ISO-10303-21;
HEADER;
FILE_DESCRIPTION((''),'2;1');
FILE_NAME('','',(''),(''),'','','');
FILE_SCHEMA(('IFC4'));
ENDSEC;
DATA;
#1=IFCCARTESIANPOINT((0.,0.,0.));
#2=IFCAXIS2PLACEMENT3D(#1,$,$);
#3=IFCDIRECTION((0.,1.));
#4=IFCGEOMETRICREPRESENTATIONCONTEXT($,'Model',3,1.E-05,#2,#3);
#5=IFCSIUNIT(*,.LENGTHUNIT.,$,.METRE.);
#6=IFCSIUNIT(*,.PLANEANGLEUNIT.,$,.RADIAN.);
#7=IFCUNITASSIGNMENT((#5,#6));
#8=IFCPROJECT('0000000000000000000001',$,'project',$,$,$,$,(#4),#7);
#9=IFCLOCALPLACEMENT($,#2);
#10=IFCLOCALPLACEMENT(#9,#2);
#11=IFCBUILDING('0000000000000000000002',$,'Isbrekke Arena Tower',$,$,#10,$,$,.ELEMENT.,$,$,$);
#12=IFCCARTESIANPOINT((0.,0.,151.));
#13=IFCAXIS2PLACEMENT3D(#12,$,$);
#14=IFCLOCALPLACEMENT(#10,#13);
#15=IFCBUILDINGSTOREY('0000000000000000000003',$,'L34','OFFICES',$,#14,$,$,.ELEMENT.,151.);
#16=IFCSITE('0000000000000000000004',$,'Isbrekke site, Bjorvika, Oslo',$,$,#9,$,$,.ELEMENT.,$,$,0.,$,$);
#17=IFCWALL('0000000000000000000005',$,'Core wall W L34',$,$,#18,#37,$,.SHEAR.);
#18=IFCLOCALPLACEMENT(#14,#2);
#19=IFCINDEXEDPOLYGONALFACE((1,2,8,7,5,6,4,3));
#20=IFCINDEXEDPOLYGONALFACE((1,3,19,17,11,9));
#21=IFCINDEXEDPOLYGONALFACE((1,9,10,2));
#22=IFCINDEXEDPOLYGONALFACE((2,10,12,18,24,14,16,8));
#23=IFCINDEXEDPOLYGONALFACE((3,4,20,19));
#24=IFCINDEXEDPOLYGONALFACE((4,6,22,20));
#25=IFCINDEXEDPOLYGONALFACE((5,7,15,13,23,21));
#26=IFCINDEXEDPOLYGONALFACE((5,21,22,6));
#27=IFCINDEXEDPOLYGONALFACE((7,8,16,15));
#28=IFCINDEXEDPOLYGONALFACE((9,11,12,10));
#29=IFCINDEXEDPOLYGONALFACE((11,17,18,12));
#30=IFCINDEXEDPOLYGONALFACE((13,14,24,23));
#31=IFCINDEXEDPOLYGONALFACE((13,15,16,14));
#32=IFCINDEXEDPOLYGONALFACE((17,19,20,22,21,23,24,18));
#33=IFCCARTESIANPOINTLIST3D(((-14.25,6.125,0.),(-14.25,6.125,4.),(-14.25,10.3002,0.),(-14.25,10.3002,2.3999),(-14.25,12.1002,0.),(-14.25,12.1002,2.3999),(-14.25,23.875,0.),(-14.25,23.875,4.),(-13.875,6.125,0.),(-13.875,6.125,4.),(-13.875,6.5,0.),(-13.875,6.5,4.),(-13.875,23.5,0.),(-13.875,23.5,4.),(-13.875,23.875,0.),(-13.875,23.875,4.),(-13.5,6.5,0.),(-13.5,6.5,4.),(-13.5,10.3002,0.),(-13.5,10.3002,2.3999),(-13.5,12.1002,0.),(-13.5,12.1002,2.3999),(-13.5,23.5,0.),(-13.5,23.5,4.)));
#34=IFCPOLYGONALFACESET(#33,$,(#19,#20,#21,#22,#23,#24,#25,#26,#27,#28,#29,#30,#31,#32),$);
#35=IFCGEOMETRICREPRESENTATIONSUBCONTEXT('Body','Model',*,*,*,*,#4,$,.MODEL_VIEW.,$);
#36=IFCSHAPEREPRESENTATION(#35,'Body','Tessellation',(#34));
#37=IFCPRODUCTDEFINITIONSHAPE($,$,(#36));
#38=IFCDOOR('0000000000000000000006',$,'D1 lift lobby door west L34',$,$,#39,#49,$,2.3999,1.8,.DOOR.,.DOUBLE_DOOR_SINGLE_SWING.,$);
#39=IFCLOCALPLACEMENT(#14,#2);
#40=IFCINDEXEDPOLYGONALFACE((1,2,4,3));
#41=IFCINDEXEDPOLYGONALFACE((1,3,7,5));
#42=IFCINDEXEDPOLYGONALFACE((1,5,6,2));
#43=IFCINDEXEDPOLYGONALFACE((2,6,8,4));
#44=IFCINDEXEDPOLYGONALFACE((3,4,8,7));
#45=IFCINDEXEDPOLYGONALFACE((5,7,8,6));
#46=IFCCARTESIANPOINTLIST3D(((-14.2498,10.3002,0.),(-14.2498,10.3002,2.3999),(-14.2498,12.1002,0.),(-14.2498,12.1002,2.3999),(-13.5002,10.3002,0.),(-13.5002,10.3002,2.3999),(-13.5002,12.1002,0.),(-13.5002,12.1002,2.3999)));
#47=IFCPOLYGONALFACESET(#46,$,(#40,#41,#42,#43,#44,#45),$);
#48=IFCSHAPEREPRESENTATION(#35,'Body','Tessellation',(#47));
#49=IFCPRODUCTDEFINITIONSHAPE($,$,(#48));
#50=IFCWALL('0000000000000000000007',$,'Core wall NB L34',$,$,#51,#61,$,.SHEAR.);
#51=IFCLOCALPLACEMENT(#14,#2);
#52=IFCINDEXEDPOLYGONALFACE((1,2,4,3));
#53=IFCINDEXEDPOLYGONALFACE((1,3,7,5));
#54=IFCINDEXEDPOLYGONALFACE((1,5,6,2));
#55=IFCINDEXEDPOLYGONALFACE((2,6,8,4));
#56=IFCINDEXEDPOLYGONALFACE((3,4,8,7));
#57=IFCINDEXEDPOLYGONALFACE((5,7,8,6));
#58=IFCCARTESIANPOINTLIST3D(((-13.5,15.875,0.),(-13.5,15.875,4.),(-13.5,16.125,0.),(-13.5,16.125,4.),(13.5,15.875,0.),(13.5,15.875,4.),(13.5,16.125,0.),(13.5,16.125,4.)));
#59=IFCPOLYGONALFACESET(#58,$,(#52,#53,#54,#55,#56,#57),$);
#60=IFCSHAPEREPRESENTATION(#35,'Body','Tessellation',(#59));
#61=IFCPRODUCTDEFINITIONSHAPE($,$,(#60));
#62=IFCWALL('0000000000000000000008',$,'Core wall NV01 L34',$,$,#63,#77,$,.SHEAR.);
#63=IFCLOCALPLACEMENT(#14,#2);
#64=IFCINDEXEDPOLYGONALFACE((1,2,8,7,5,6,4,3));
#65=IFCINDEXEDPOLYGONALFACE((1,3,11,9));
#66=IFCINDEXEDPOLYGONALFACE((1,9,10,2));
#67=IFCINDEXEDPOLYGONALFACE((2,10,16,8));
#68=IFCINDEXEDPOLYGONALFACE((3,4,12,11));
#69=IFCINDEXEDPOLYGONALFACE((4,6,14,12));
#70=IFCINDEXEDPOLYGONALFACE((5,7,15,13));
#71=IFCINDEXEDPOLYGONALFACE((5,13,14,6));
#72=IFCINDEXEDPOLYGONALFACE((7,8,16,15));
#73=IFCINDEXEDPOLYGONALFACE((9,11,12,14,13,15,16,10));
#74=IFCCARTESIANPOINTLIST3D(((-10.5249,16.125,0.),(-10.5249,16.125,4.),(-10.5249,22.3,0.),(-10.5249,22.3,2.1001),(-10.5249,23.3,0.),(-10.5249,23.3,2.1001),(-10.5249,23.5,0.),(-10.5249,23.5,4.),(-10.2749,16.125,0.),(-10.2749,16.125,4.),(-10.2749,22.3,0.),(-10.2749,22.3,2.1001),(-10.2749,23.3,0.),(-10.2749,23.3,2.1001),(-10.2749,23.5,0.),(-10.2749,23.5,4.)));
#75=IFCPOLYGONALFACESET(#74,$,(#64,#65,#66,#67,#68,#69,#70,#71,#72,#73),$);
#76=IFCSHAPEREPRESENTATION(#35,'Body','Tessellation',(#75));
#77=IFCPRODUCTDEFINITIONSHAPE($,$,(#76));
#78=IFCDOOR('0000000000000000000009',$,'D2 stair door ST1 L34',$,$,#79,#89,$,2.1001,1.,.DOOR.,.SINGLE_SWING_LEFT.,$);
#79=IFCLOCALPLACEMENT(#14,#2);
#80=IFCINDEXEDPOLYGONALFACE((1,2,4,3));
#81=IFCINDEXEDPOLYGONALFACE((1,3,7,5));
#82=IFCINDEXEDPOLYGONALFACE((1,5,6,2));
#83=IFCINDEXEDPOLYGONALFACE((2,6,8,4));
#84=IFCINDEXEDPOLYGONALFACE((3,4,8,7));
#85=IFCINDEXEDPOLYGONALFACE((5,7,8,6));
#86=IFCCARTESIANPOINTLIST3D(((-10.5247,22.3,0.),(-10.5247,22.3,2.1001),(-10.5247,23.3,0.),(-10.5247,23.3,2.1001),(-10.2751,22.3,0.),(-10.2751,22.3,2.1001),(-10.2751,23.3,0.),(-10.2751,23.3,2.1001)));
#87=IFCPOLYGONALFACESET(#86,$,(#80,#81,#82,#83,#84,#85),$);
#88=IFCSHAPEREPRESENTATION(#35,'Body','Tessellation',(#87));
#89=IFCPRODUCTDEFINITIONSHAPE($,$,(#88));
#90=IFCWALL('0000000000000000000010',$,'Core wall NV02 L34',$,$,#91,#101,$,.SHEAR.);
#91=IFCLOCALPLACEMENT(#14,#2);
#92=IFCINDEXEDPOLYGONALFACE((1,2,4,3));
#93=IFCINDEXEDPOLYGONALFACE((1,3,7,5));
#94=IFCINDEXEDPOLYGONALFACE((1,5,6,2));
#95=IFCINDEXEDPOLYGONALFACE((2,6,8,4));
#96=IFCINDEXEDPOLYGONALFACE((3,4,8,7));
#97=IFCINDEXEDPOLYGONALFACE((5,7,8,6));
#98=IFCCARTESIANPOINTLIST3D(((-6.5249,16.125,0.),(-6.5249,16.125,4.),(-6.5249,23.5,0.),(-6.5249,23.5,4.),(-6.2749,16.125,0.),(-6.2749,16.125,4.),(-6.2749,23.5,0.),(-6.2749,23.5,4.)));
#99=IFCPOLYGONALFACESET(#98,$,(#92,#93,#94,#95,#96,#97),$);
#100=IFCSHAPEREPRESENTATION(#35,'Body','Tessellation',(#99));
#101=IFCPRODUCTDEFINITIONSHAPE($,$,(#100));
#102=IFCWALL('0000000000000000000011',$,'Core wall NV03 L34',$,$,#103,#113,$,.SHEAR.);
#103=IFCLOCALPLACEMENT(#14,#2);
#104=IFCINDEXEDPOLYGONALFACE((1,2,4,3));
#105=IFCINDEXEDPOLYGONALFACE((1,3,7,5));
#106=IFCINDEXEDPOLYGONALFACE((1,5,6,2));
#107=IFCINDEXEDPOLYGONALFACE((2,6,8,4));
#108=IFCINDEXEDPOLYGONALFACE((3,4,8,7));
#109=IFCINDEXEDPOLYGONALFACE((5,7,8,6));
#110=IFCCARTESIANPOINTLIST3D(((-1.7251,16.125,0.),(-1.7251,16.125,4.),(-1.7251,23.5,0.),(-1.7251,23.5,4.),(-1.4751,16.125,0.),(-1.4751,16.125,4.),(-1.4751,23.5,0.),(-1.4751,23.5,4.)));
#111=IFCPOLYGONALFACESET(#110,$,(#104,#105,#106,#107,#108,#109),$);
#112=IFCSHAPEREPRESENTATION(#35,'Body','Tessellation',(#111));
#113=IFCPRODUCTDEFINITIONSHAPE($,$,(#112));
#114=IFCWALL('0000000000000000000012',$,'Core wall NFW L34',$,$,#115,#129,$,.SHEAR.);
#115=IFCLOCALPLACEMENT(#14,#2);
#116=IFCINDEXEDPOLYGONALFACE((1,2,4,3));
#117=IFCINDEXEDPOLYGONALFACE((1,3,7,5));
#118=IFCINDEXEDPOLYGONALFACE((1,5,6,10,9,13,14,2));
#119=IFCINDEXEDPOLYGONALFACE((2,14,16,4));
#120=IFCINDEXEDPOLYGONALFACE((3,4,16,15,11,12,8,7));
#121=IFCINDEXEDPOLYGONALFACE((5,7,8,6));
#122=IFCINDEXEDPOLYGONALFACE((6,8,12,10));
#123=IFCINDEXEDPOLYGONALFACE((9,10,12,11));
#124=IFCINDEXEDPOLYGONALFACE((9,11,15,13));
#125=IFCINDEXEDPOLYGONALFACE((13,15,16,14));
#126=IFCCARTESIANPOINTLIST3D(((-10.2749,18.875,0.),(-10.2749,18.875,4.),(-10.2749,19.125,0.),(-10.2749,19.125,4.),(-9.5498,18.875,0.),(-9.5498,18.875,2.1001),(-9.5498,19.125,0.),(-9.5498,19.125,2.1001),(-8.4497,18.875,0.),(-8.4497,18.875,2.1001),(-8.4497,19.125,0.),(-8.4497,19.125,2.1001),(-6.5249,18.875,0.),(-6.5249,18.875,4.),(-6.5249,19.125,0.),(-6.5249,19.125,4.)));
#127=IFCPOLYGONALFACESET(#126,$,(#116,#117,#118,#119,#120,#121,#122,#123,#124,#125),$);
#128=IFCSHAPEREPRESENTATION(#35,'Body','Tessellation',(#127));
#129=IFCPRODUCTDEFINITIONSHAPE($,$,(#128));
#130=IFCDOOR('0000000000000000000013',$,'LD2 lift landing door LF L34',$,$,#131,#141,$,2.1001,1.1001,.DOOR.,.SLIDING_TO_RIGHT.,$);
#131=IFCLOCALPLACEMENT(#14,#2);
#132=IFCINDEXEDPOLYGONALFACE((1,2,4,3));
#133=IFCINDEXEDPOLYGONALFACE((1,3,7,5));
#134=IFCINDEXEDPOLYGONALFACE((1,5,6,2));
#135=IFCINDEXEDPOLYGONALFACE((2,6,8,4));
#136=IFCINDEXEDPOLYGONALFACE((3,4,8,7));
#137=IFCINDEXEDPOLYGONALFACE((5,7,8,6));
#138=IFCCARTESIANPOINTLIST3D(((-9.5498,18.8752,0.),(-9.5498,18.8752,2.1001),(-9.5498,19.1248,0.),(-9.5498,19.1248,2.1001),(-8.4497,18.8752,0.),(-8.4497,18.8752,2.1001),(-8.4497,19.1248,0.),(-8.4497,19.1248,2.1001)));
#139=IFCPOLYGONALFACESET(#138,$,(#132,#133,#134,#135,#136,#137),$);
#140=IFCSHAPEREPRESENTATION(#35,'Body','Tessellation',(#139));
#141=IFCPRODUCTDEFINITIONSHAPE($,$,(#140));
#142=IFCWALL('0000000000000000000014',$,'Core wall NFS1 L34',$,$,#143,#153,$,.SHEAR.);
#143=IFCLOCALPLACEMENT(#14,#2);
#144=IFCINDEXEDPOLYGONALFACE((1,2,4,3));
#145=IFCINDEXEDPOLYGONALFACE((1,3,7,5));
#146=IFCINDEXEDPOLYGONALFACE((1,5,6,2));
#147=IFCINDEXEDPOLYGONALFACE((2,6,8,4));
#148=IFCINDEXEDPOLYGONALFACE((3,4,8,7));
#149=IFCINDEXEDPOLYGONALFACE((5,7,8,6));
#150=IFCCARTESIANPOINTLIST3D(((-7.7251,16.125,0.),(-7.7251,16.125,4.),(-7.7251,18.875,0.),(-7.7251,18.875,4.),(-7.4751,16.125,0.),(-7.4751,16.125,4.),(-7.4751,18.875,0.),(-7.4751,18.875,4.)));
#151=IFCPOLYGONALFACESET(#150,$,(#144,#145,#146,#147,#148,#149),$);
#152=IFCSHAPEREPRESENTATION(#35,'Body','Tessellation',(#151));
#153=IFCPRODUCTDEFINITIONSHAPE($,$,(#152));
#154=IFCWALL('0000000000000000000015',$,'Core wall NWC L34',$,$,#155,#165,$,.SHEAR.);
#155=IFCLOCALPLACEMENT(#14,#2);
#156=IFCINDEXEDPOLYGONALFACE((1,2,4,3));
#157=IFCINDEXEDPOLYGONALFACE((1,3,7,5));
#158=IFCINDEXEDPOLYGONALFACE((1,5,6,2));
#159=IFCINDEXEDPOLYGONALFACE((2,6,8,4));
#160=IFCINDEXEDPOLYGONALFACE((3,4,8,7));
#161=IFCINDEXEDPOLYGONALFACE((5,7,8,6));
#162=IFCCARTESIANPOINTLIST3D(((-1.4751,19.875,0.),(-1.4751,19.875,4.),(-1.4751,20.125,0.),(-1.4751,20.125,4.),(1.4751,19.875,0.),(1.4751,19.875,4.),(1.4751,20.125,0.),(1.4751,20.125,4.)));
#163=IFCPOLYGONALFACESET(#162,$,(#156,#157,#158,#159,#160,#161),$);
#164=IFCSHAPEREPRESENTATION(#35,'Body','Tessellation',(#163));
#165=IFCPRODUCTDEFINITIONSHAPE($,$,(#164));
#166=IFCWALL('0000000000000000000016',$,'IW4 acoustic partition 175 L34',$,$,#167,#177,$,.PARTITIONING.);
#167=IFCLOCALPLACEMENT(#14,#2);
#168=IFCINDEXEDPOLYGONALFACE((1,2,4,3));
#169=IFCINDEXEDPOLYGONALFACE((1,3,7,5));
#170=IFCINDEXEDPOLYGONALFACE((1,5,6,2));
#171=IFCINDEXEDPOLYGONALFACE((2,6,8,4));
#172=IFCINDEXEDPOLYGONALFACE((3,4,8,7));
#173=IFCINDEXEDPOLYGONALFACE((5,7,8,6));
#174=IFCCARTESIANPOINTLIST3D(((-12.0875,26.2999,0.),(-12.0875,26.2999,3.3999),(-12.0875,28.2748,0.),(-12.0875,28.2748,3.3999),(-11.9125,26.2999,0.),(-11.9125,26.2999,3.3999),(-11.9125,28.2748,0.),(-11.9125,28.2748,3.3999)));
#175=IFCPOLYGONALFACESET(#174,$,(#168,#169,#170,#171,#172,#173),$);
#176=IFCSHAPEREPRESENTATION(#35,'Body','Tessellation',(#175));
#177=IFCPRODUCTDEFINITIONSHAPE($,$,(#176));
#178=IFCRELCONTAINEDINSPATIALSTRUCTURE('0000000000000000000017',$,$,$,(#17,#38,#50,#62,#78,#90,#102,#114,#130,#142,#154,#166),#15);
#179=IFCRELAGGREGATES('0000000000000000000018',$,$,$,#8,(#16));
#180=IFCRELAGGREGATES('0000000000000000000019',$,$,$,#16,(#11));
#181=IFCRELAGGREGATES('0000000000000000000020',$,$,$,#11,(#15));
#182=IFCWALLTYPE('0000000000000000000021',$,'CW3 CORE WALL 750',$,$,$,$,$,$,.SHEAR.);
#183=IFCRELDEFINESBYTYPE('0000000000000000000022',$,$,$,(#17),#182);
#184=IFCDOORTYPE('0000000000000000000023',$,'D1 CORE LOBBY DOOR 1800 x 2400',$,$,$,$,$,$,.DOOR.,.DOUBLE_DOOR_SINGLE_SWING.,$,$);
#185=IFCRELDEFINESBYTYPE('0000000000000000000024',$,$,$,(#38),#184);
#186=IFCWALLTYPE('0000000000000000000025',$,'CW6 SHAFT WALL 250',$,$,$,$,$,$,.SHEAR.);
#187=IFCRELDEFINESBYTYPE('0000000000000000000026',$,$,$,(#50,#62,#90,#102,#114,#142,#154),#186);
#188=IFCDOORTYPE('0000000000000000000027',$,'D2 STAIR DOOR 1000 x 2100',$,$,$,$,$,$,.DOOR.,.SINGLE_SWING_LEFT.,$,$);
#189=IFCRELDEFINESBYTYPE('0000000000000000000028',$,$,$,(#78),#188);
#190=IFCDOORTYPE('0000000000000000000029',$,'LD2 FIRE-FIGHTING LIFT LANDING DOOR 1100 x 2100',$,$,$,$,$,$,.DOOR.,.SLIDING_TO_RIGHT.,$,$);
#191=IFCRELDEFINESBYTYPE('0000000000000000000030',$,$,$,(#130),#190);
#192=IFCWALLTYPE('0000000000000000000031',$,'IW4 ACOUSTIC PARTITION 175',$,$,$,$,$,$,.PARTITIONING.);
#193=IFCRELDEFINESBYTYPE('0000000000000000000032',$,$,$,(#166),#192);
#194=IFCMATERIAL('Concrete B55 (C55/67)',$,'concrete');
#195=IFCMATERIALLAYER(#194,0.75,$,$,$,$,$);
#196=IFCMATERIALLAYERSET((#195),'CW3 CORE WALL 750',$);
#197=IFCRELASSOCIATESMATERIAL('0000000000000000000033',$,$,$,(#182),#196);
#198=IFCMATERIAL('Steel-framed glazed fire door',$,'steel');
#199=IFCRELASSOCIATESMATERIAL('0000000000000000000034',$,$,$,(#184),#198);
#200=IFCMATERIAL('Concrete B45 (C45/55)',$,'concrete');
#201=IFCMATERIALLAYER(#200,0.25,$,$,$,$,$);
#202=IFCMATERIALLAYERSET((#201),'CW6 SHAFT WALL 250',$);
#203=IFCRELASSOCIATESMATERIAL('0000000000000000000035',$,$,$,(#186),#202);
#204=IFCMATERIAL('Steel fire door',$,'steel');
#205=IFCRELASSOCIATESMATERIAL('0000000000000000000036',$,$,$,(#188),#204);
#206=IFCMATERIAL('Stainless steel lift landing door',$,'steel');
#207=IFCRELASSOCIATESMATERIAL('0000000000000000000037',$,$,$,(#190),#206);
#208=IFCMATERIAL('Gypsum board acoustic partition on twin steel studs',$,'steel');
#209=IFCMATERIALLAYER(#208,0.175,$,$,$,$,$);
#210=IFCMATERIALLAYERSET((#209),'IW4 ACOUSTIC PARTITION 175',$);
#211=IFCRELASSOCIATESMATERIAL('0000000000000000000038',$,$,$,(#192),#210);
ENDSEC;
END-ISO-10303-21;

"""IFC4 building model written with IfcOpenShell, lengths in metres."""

from ifc_helpers import new_model, si_unit, direction, frame, frame_2d, origin, place, context, subcontext, project, spatial, polyline, rectangle, outline, extrude, material, layer, layer_set, type_object, element, fill, save


model = new_model("IFC4")

# Units and contexts
model_context = context("Model", 3, precision=1e-05, world=origin(), true_north=direction((0.0, 1.0)))
body_context = subcontext(model_context, "Body", "Model", "MODEL_VIEW")
ifc_project = project(units=[si_unit("LENGTHUNIT", "METRE"), si_unit("PLANEANGLEUNIT", "RADIAN")], contexts=[model_context])

# Site, building, storey
site_placement = place(None, origin())
site = spatial("IfcSite", under=ifc_project, at=site_placement, Name="Isbrekke site, Bjorvika, Oslo", CompositionType="ELEMENT", RefElevation=0.0)
building_placement = place(site_placement, origin())
building = spatial("IfcBuilding", under=site, at=building_placement, Name="Isbrekke Arena Tower", CompositionType="ELEMENT")
storey_placement = place(building_placement, frame((0.0, 0.0, 151.0)))
storey = spatial("IfcBuildingStorey", under=building, at=storey_placement, Name="L34", Description="OFFICES", CompositionType="ELEMENT", Elevation=151.0)

# Wall, opening, door
ifc_material_1 = material(Name="Concrete B55 (C55/67)", Category="concrete")
ifc_layer_1 = layer(ifc_material_1, 0.75)
ifc_layer_set_1 = layer_set([ifc_layer_1], Name="CW3 CORE WALL 750")
wall_type_1 = type_object("IfcWallType", Name="CW3 CORE WALL 750", PredefinedType="SHEAR", material=ifc_layer_set_1)
wall_1_placement = place(storey_placement, frame((-13.875, 23.875, 0.0), z_axis=(0.0, 0.0, 1.0), x_axis=(0.0, -1.0, 0.0)))
wall_1 = element("IfcWall", 1, at=wall_1_placement, inside=storey, type_object=wall_type_1, Name="Core wall W L34", PredefinedType="SHEAR", context=body_context, shape_type="SweptSolid", body=[
    extrude(outline(polyline([(0.0, -0.375), (17.75, -0.375), (17.75, 0.0), (17.375, 0.0), (17.375, 0.375), (0.375, 0.375), (0.375, 0.0), (0.0, 0.0), (0.0, -0.375)])), origin(), (0.0, 0.0, 1.0), 4.0),
])
opening_1_placement = place(wall_1_placement, frame((11.7749, 0.0, 0.0)))
opening_1 = element("IfcOpeningElement", 2, at=opening_1_placement, cuts=wall_1, PredefinedType="OPENING", context=body_context, shape_type="SweptSolid", body=[
    extrude(rectangle(XDim=1.8, YDim=2.3999, at=frame_2d((0.8999, 1.2))), frame((0.0, 0.3899, 0.0), z_axis=(0.0, -1.0, 0.0), x_axis=(1.0, 0.0, 0.0)), (0.0, 0.0, 1.0), 0.7798),
])
ifc_material_2 = material(Name="Steel-framed glazed fire door", Category="steel")
door_type_1 = type_object("IfcDoorType", Name="D1 CORE LOBBY DOOR 1800 x 2400", OperationType="DOUBLE_DOOR_SINGLE_SWING", PredefinedType="DOOR", material=ifc_material_2)
door_1_placement = place(opening_1_placement, origin())
door_1 = element("IfcDoor", 3, at=door_1_placement, inside=storey, type_object=door_type_1, Name="D1 lift lobby door west L34", OperationType="DOUBLE_DOOR_SINGLE_SWING", OverallHeight=2.3999, OverallWidth=1.8, PredefinedType="DOOR", context=body_context, shape_type="SweptSolid", body=[
    extrude(rectangle(XDim=1.8, YDim=2.3999, at=frame_2d((0.8999, 1.2))), frame((0.0, 0.3748, 0.0), z_axis=(0.0, -1.0, 0.0), x_axis=(1.0, 0.0, 0.0)), (0.0, 0.0, 1.0), 0.7495),
])
fill(opening_1, door_1)

# Wall
ifc_material_3 = material(Name="Concrete B45 (C45/55)", Category="concrete")
ifc_layer_2 = layer(ifc_material_3, 0.25)
ifc_layer_set_2 = layer_set([ifc_layer_2], Name="CW6 SHAFT WALL 250")
wall_type_2 = type_object("IfcWallType", Name="CW6 SHAFT WALL 250", PredefinedType="SHEAR", material=ifc_layer_set_2)
wall_2_placement = place(storey_placement, frame((-13.5, 16.0, 0.0), z_axis=(0.0, 0.0, 1.0), x_axis=(1.0, 0.0, 0.0)))
element("IfcWall", 4, at=wall_2_placement, inside=storey, type_object=wall_type_2, Name="Core wall NB L34", PredefinedType="SHEAR", context=body_context, shape_type="SweptSolid", body=[
    extrude(rectangle(XDim=27.0, YDim=0.25, at=frame_2d((13.5, 0.0))), origin(), (0.0, 0.0, 1.0), 4.0),
])

# Wall, opening, door
wall_3_placement = place(storey_placement, frame((-10.3999, 16.125, 0.0), z_axis=(0.0, 0.0, 1.0), x_axis=(0.0, 1.0, 0.0)))
wall_3 = element("IfcWall", 5, at=wall_3_placement, inside=storey, type_object=wall_type_2, Name="Core wall NV01 L34", PredefinedType="SHEAR", context=body_context, shape_type="SweptSolid", body=[
    extrude(rectangle(XDim=7.375, YDim=0.25, at=frame_2d((3.6875, 0.0))), origin(), (0.0, 0.0, 1.0), 4.0),
])
opening_2_placement = place(wall_3_placement, frame((6.175, 0.0, 0.0)))
opening_2 = element("IfcOpeningElement", 6, at=opening_2_placement, cuts=wall_3, PredefinedType="OPENING", context=body_context, shape_type="SweptSolid", body=[
    extrude(rectangle(XDim=1.0, YDim=2.1001, at=frame_2d((0.5, 1.05))), frame((0.0, 0.1399, 0.0), z_axis=(0.0, -1.0, 0.0), x_axis=(1.0, 0.0, 0.0)), (0.0, 0.0, 1.0), 0.2798),
])
ifc_material_4 = material(Name="Steel fire door", Category="steel")
door_type_2 = type_object("IfcDoorType", Name="D2 STAIR DOOR 1000 x 2100", OperationType="SINGLE_SWING_LEFT", PredefinedType="DOOR", material=ifc_material_4)
door_2_placement = place(opening_2_placement, origin())
door_2 = element("IfcDoor", 7, at=door_2_placement, inside=storey, type_object=door_type_2, Name="D2 stair door ST1 L34", OperationType="SINGLE_SWING_LEFT", OverallHeight=2.1001, OverallWidth=1.0, PredefinedType="DOOR", context=body_context, shape_type="SweptSolid", body=[
    extrude(rectangle(XDim=1.0, YDim=2.1001, at=frame_2d((0.5, 1.05))), frame((0.0, 0.1248, 0.0), z_axis=(0.0, -1.0, 0.0), x_axis=(1.0, 0.0, 0.0)), (0.0, 0.0, 1.0), 0.2495),
])
fill(opening_2, door_2)

# Walls
for number, where, z_axis, x_axis, name in (
    (8, (-6.3999, 16.125, 0.0), (0.0, 0.0, 1.0), (0.0, 1.0, 0.0), "Core wall NV02 L34"),
    (9, (-1.6001, 16.125, 0.0), (0.0, 0.0, 1.0), (0.0, 1.0, 0.0), "Core wall NV03 L34"),
):
    element("IfcWall", number, at=place(storey_placement, frame(where, z_axis=z_axis, x_axis=x_axis)), inside=storey, type_object=wall_type_2, Name=name, PredefinedType="SHEAR", context=body_context, shape_type="SweptSolid", body=[
        extrude(rectangle(XDim=7.375, YDim=0.25, at=frame_2d((3.6875, 0.0))), origin(), (0.0, 0.0, 1.0), 4.0),
    ])

# Wall, opening, door
wall_4_placement = place(storey_placement, frame((-10.2749, 19.0, 0.0), z_axis=(0.0, 0.0, 1.0), x_axis=(1.0, 0.0, 0.0)))
wall_4 = element("IfcWall", 10, at=wall_4_placement, inside=storey, type_object=wall_type_2, Name="Core wall NFW L34", PredefinedType="SHEAR", context=body_context, shape_type="SweptSolid", body=[
    extrude(rectangle(XDim=3.75, YDim=0.25, at=frame_2d((1.875, 0.0))), origin(), (0.0, 0.0, 1.0), 4.0),
])
opening_3_placement = place(wall_4_placement, frame((0.7251, 0.0, 0.0)))
opening_3 = element("IfcOpeningElement", 11, at=opening_3_placement, cuts=wall_4, PredefinedType="OPENING", context=body_context, shape_type="SweptSolid", body=[
    extrude(rectangle(XDim=1.1001, YDim=2.1001, at=frame_2d((0.55, 1.05))), frame((0.0, 0.1399, 0.0), z_axis=(0.0, -1.0, 0.0), x_axis=(1.0, 0.0, 0.0)), (0.0, 0.0, 1.0), 0.2798),
])
ifc_material_5 = material(Name="Stainless steel lift landing door", Category="steel")
door_type_3 = type_object("IfcDoorType", Name="LD2 FIRE-FIGHTING LIFT LANDING DOOR 1100 x 2100", OperationType="SLIDING_TO_RIGHT", PredefinedType="DOOR", material=ifc_material_5)
door_3_placement = place(opening_3_placement, origin())
door_3 = element("IfcDoor", 12, at=door_3_placement, inside=storey, type_object=door_type_3, Name="LD2 lift landing door LF L34", OperationType="SLIDING_TO_RIGHT", OverallHeight=2.1001, OverallWidth=1.1001, PredefinedType="DOOR", context=body_context, shape_type="SweptSolid", body=[
    extrude(rectangle(XDim=1.1001, YDim=2.1001, at=frame_2d((0.55, 1.05))), frame((0.0, 0.1248, 0.0), z_axis=(0.0, -1.0, 0.0), x_axis=(1.0, 0.0, 0.0)), (0.0, 0.0, 1.0), 0.2495),
])
fill(opening_3, door_3)

# Walls
wall_5_placement = place(storey_placement, frame((-7.6001, 16.125, 0.0), z_axis=(0.0, 0.0, 1.0), x_axis=(0.0, 1.0, 0.0)))
element("IfcWall", 13, at=wall_5_placement, inside=storey, type_object=wall_type_2, Name="Core wall NFS1 L34", PredefinedType="SHEAR", context=body_context, shape_type="SweptSolid", body=[
    extrude(rectangle(XDim=2.75, YDim=0.25, at=frame_2d((1.375, 0.0))), origin(), (0.0, 0.0, 1.0), 4.0),
])
wall_6_placement = place(storey_placement, frame((-1.4751, 20.0, 0.0), z_axis=(0.0, 0.0, 1.0), x_axis=(1.0, 0.0, 0.0)))
element("IfcWall", 14, at=wall_6_placement, inside=storey, type_object=wall_type_2, Name="Core wall NWC L34", PredefinedType="SHEAR", context=body_context, shape_type="SweptSolid", body=[
    extrude(rectangle(XDim=2.9502, YDim=0.25, at=frame_2d((1.4751, 0.0))), origin(), (0.0, 0.0, 1.0), 4.0),
])

# Wall
ifc_material_6 = material(Name="Gypsum board acoustic partition on twin steel studs", Category="steel")
ifc_layer_3 = layer(ifc_material_6, 0.175)
ifc_layer_set_3 = layer_set([ifc_layer_3], Name="IW4 ACOUSTIC PARTITION 175")
wall_type_3 = type_object("IfcWallType", Name="IW4 ACOUSTIC PARTITION 175", PredefinedType="PARTITIONING", material=ifc_layer_set_3)
wall_7_placement = place(storey_placement, frame((-12.0, 26.3, 0.0), z_axis=(0.0, 0.0, 1.0), x_axis=(0.0, 1.0, 0.0)))
element("IfcWall", 15, at=wall_7_placement, inside=storey, type_object=wall_type_3, Name="IW4 acoustic partition 175 L34", PredefinedType="PARTITIONING", context=body_context, shape_type="SweptSolid", body=[
    extrude(rectangle(XDim=1.9749, YDim=0.175, at=frame_2d((0.9873, 0.0))), origin(), (0.0, 0.0, 1.0), 3.3999),
])

save(model, "model.ifc")
